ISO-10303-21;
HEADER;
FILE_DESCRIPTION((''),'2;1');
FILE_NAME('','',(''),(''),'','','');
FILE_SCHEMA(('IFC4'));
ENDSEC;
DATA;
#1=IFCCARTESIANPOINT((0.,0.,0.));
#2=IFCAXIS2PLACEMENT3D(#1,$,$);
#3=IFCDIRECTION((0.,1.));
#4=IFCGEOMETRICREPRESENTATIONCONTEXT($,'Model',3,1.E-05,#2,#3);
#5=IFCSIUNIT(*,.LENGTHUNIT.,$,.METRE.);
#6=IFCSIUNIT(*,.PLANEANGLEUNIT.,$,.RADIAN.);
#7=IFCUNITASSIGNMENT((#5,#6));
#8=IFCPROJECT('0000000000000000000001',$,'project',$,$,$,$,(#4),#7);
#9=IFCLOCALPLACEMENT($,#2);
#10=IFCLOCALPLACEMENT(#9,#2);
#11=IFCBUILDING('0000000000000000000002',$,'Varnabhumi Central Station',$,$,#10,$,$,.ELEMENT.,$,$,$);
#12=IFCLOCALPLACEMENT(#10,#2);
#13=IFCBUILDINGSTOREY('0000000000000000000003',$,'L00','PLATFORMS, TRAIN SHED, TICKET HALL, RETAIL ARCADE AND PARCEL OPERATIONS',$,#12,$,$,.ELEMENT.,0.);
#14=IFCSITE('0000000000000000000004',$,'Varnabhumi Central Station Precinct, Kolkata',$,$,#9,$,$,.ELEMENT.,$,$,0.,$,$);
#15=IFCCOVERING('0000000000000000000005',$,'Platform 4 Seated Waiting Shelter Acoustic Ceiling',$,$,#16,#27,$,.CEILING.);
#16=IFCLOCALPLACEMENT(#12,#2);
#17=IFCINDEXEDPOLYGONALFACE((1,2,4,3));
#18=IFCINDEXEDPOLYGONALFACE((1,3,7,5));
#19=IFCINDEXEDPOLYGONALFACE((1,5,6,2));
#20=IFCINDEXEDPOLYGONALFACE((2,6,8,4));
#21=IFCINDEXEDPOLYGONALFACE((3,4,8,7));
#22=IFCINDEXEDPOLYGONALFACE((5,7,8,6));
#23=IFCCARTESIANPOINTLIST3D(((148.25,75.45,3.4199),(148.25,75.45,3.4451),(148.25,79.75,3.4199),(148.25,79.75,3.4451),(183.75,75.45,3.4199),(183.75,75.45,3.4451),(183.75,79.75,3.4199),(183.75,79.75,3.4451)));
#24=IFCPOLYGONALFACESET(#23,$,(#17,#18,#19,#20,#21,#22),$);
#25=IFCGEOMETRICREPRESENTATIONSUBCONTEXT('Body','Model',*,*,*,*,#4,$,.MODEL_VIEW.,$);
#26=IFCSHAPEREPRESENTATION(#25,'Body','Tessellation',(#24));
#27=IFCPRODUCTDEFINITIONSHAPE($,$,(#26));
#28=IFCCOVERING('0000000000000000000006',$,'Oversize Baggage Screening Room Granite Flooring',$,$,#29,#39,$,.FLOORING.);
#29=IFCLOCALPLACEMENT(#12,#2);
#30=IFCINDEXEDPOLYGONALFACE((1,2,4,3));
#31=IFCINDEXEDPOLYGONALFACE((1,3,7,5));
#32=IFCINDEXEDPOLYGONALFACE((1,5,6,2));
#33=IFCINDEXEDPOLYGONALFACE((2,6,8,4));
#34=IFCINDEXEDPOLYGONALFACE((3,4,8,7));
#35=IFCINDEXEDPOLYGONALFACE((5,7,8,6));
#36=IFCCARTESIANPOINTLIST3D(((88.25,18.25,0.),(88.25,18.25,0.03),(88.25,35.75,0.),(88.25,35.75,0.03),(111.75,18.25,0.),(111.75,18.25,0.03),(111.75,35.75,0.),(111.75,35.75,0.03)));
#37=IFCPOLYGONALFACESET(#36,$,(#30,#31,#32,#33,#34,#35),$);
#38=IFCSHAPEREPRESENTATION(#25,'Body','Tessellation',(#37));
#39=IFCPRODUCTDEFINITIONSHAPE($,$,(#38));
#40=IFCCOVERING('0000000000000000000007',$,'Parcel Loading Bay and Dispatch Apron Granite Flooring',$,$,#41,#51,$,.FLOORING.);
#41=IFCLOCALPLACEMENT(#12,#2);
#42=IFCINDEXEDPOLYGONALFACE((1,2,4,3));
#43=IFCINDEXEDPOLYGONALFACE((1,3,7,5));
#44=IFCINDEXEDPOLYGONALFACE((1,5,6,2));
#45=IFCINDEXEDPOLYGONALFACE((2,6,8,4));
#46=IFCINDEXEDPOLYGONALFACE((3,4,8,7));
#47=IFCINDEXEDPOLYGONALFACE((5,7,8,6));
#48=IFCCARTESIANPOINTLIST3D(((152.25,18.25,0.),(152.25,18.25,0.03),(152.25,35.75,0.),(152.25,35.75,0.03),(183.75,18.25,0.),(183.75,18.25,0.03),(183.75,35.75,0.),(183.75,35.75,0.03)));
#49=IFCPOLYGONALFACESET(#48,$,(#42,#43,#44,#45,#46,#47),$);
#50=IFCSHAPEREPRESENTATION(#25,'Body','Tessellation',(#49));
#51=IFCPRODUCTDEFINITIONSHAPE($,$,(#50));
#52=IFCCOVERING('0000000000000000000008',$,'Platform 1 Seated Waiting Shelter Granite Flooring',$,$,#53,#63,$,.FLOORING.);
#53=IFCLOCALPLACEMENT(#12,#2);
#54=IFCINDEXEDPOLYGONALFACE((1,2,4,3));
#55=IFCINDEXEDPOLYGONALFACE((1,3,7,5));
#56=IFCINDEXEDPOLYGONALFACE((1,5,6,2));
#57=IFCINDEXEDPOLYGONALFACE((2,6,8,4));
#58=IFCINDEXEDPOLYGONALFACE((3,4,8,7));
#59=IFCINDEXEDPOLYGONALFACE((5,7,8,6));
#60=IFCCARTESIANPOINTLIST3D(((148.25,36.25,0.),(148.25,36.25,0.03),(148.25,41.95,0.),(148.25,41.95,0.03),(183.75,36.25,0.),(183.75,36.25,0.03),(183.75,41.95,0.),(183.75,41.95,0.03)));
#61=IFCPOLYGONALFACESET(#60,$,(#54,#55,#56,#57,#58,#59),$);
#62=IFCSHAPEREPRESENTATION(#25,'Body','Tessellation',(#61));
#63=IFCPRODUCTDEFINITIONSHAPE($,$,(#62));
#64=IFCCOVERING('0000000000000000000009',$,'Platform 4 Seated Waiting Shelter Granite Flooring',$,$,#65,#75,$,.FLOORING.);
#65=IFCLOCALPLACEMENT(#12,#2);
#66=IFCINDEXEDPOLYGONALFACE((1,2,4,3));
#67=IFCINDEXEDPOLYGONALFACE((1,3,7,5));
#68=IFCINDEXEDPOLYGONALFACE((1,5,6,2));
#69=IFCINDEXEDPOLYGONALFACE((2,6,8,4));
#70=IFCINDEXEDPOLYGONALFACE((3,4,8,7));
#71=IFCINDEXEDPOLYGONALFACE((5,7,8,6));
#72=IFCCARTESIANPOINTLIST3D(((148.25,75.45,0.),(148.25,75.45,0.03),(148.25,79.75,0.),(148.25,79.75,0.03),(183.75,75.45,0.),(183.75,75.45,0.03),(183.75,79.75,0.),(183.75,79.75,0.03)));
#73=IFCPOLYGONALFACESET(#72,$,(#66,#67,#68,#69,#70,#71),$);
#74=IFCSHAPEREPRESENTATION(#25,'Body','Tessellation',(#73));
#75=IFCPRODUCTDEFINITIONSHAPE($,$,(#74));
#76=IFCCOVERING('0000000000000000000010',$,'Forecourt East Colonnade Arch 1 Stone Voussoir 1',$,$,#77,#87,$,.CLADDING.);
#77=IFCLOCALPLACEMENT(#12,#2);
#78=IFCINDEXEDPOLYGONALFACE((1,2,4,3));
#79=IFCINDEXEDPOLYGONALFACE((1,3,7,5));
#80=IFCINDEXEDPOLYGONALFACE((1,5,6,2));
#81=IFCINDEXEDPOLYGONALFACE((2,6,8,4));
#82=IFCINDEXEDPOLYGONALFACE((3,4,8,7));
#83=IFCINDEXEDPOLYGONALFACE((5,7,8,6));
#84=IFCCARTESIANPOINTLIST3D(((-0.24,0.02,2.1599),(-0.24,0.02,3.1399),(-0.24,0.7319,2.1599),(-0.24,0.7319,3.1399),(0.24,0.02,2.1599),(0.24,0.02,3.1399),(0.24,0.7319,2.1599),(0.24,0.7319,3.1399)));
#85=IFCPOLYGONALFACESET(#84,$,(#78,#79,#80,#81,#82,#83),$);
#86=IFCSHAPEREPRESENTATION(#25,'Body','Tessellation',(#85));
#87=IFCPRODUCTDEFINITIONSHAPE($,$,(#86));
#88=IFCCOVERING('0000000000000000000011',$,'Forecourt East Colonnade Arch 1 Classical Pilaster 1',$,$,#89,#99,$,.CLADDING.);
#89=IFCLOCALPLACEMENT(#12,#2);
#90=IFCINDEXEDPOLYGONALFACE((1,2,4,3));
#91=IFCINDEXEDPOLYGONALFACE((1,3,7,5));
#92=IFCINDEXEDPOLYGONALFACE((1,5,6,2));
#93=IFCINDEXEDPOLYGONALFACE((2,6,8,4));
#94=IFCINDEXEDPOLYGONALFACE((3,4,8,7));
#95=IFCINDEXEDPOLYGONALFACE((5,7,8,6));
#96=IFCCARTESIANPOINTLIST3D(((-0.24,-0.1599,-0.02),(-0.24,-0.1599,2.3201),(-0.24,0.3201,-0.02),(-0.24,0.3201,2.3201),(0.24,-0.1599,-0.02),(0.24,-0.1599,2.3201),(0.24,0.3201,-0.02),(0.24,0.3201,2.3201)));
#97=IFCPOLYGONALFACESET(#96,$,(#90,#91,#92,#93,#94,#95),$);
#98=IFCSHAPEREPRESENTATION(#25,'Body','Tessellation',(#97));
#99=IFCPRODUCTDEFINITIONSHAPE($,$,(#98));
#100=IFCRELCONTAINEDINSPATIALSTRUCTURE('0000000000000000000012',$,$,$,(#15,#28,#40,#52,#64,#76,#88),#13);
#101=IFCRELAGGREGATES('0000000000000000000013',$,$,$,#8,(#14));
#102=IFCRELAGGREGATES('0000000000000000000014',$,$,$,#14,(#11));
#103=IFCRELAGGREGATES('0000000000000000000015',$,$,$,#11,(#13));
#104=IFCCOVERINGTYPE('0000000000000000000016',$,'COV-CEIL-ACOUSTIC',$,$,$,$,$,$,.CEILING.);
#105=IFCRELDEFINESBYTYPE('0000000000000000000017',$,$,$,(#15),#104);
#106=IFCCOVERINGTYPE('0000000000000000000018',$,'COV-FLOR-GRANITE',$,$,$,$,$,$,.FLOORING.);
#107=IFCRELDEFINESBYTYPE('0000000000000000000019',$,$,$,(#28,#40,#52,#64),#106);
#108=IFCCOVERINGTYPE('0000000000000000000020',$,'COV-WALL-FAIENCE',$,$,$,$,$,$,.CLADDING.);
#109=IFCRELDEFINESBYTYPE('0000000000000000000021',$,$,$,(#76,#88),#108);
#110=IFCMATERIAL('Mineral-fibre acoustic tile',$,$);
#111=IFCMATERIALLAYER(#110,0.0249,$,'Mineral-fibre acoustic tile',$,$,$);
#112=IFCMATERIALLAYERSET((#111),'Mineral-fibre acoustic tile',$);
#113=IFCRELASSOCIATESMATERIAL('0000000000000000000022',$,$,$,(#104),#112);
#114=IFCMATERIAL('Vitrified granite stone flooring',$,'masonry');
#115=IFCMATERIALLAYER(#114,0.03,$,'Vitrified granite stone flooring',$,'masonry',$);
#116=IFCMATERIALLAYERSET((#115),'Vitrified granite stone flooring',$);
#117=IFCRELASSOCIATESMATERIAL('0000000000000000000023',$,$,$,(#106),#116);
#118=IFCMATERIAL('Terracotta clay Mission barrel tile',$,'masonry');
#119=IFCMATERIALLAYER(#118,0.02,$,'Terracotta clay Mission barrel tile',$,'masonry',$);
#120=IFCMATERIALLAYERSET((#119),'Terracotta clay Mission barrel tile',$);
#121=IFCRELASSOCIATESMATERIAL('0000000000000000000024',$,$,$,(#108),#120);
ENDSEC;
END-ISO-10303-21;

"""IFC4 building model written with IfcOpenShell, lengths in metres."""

from ifc_helpers import new_model, si_unit, direction, frame, origin, origin_2d, place, context, subcontext, project, spatial, polyline, rectangle, outline, extrude, material, layer, layer_set, type_object, element, save


model = new_model("IFC4")

# Units and contexts
model_context = context("Model", 3, precision=1e-05, world=origin(), true_north=direction((0.0, 1.0)))
body_context = subcontext(model_context, "Body", "Model", "MODEL_VIEW")
ifc_project = project(units=[si_unit("LENGTHUNIT", "METRE"), si_unit("PLANEANGLEUNIT", "RADIAN")], contexts=[model_context])

# Site, building, storey
site_placement = place(None, origin())
site = spatial("IfcSite", under=ifc_project, at=site_placement, Name="Varnabhumi Central Station Precinct, Kolkata", CompositionType="ELEMENT", RefElevation=0.0)
building_placement = place(site_placement, origin())
building = spatial("IfcBuilding", under=site, at=building_placement, Name="Varnabhumi Central Station", CompositionType="ELEMENT")
storey_placement = place(building_placement, origin())
storey = spatial("IfcBuildingStorey", under=building, at=storey_placement, Name="L00", Description="PLATFORMS, TRAIN SHED, TICKET HALL, RETAIL ARCADE AND PARCEL OPERATIONS", CompositionType="ELEMENT", Elevation=0.0)

# Coverings
ifc_material_1 = material(Name="Mineral-fibre acoustic tile")
ifc_layer_1 = layer(ifc_material_1, 0.0249, Name="Mineral-fibre acoustic tile")
ifc_layer_set_1 = layer_set([ifc_layer_1], Name="Mineral-fibre acoustic tile")
covering_type_1 = type_object("IfcCoveringType", Name="COV-CEIL-ACOUSTIC", PredefinedType="CEILING", material=ifc_layer_set_1)
covering_1_placement = place(storey_placement, frame((0.0, 0.0, 3.4199)))
element("IfcCovering", 1, at=covering_1_placement, inside=storey, type_object=covering_type_1, Name="Platform 4 Seated Waiting Shelter Acoustic Ceiling", PredefinedType="CEILING", context=body_context, shape_type="SweptSolid", body=[
    extrude(outline(polyline([(148.25, 75.45), (183.75, 75.45), (183.75, 79.75), (148.25, 79.75), (148.25, 75.45)])), origin(), (0.0, 0.0, 1.0), 0.0251),
])
ifc_material_2 = material(Name="Vitrified granite stone flooring", Category="masonry")
ifc_layer_2 = layer(ifc_material_2, 0.03, Name="Vitrified granite stone flooring", Category="masonry")
ifc_layer_set_2 = layer_set([ifc_layer_2], Name="Vitrified granite stone flooring")
covering_type_2 = type_object("IfcCoveringType", Name="COV-FLOR-GRANITE", PredefinedType="FLOORING", material=ifc_layer_set_2)
covering_2_placement = place(storey_placement, origin())
element("IfcCovering", 2, at=covering_2_placement, inside=storey, type_object=covering_type_2, Name="Oversize Baggage Screening Room Granite Flooring", PredefinedType="FLOORING", context=body_context, shape_type="SweptSolid", body=[
    extrude(outline(polyline([(88.25, 18.25), (111.75, 18.25), (111.75, 35.75), (88.25, 35.75), (88.25, 18.25)])), origin(), (0.0, 0.0, 1.0), 0.03),
])
covering_3_placement = place(storey_placement, origin())
element("IfcCovering", 3, at=covering_3_placement, inside=storey, type_object=covering_type_2, Name="Parcel Loading Bay and Dispatch Apron Granite Flooring", PredefinedType="FLOORING", context=body_context, shape_type="SweptSolid", body=[
    extrude(outline(polyline([(152.25, 18.25), (183.75, 18.25), (183.75, 35.75), (152.25, 35.75), (152.25, 18.25)])), origin(), (0.0, 0.0, 1.0), 0.03),
])
covering_4_placement = place(storey_placement, origin())
element("IfcCovering", 4, at=covering_4_placement, inside=storey, type_object=covering_type_2, Name="Platform 1 Seated Waiting Shelter Granite Flooring", PredefinedType="FLOORING", context=body_context, shape_type="SweptSolid", body=[
    extrude(outline(polyline([(148.25, 36.25), (183.75, 36.25), (183.75, 41.95), (148.25, 41.95), (148.25, 36.25)])), origin(), (0.0, 0.0, 1.0), 0.03),
])
covering_5_placement = place(storey_placement, origin())
element("IfcCovering", 5, at=covering_5_placement, inside=storey, type_object=covering_type_2, Name="Platform 4 Seated Waiting Shelter Granite Flooring", PredefinedType="FLOORING", context=body_context, shape_type="SweptSolid", body=[
    extrude(outline(polyline([(148.25, 75.45), (183.75, 75.45), (183.75, 79.75), (148.25, 79.75), (148.25, 75.45)])), origin(), (0.0, 0.0, 1.0), 0.03),
])
ifc_material_3 = material(Name="Terracotta clay Mission barrel tile", Category="masonry")
ifc_layer_3 = layer(ifc_material_3, 0.02, Name="Terracotta clay Mission barrel tile", Category="masonry")
ifc_layer_set_3 = layer_set([ifc_layer_3], Name="Terracotta clay Mission barrel tile")
covering_type_3 = type_object("IfcCoveringType", Name="COV-WALL-FAIENCE", PredefinedType="CLADDING", material=ifc_layer_set_3)
covering_6_placement = place(storey_placement, frame((0.0, 0.376, 2.1599), z_axis=(0.0, 0.0, 1.0), x_axis=(0.0, 1.0, 0.0)))
element("IfcCovering", 6, at=covering_6_placement, inside=storey, type_object=covering_type_3, Name="Forecourt East Colonnade Arch 1 Stone Voussoir 1", PredefinedType="CLADDING", context=body_context, shape_type="SweptSolid", body=[
    extrude(rectangle(XDim=0.7119, YDim=0.48, at=origin_2d()), origin(), (0.0, 0.0, 1.0), 0.98),
])
covering_7_placement = place(storey_placement, frame((0.0, 0.0801, -0.02), z_axis=(0.0, 0.0, 1.0), x_axis=(1.0, 0.0, 0.0)))
element("IfcCovering", 7, at=covering_7_placement, inside=storey, type_object=covering_type_3, Name="Forecourt East Colonnade Arch 1 Classical Pilaster 1", PredefinedType="CLADDING", context=body_context, shape_type="SweptSolid", body=[
    extrude(rectangle(XDim=0.48, YDim=0.48, at=origin_2d()), origin(), (0.0, 0.0, 1.0), 2.3401),
])

save(model, "model.ifc")
